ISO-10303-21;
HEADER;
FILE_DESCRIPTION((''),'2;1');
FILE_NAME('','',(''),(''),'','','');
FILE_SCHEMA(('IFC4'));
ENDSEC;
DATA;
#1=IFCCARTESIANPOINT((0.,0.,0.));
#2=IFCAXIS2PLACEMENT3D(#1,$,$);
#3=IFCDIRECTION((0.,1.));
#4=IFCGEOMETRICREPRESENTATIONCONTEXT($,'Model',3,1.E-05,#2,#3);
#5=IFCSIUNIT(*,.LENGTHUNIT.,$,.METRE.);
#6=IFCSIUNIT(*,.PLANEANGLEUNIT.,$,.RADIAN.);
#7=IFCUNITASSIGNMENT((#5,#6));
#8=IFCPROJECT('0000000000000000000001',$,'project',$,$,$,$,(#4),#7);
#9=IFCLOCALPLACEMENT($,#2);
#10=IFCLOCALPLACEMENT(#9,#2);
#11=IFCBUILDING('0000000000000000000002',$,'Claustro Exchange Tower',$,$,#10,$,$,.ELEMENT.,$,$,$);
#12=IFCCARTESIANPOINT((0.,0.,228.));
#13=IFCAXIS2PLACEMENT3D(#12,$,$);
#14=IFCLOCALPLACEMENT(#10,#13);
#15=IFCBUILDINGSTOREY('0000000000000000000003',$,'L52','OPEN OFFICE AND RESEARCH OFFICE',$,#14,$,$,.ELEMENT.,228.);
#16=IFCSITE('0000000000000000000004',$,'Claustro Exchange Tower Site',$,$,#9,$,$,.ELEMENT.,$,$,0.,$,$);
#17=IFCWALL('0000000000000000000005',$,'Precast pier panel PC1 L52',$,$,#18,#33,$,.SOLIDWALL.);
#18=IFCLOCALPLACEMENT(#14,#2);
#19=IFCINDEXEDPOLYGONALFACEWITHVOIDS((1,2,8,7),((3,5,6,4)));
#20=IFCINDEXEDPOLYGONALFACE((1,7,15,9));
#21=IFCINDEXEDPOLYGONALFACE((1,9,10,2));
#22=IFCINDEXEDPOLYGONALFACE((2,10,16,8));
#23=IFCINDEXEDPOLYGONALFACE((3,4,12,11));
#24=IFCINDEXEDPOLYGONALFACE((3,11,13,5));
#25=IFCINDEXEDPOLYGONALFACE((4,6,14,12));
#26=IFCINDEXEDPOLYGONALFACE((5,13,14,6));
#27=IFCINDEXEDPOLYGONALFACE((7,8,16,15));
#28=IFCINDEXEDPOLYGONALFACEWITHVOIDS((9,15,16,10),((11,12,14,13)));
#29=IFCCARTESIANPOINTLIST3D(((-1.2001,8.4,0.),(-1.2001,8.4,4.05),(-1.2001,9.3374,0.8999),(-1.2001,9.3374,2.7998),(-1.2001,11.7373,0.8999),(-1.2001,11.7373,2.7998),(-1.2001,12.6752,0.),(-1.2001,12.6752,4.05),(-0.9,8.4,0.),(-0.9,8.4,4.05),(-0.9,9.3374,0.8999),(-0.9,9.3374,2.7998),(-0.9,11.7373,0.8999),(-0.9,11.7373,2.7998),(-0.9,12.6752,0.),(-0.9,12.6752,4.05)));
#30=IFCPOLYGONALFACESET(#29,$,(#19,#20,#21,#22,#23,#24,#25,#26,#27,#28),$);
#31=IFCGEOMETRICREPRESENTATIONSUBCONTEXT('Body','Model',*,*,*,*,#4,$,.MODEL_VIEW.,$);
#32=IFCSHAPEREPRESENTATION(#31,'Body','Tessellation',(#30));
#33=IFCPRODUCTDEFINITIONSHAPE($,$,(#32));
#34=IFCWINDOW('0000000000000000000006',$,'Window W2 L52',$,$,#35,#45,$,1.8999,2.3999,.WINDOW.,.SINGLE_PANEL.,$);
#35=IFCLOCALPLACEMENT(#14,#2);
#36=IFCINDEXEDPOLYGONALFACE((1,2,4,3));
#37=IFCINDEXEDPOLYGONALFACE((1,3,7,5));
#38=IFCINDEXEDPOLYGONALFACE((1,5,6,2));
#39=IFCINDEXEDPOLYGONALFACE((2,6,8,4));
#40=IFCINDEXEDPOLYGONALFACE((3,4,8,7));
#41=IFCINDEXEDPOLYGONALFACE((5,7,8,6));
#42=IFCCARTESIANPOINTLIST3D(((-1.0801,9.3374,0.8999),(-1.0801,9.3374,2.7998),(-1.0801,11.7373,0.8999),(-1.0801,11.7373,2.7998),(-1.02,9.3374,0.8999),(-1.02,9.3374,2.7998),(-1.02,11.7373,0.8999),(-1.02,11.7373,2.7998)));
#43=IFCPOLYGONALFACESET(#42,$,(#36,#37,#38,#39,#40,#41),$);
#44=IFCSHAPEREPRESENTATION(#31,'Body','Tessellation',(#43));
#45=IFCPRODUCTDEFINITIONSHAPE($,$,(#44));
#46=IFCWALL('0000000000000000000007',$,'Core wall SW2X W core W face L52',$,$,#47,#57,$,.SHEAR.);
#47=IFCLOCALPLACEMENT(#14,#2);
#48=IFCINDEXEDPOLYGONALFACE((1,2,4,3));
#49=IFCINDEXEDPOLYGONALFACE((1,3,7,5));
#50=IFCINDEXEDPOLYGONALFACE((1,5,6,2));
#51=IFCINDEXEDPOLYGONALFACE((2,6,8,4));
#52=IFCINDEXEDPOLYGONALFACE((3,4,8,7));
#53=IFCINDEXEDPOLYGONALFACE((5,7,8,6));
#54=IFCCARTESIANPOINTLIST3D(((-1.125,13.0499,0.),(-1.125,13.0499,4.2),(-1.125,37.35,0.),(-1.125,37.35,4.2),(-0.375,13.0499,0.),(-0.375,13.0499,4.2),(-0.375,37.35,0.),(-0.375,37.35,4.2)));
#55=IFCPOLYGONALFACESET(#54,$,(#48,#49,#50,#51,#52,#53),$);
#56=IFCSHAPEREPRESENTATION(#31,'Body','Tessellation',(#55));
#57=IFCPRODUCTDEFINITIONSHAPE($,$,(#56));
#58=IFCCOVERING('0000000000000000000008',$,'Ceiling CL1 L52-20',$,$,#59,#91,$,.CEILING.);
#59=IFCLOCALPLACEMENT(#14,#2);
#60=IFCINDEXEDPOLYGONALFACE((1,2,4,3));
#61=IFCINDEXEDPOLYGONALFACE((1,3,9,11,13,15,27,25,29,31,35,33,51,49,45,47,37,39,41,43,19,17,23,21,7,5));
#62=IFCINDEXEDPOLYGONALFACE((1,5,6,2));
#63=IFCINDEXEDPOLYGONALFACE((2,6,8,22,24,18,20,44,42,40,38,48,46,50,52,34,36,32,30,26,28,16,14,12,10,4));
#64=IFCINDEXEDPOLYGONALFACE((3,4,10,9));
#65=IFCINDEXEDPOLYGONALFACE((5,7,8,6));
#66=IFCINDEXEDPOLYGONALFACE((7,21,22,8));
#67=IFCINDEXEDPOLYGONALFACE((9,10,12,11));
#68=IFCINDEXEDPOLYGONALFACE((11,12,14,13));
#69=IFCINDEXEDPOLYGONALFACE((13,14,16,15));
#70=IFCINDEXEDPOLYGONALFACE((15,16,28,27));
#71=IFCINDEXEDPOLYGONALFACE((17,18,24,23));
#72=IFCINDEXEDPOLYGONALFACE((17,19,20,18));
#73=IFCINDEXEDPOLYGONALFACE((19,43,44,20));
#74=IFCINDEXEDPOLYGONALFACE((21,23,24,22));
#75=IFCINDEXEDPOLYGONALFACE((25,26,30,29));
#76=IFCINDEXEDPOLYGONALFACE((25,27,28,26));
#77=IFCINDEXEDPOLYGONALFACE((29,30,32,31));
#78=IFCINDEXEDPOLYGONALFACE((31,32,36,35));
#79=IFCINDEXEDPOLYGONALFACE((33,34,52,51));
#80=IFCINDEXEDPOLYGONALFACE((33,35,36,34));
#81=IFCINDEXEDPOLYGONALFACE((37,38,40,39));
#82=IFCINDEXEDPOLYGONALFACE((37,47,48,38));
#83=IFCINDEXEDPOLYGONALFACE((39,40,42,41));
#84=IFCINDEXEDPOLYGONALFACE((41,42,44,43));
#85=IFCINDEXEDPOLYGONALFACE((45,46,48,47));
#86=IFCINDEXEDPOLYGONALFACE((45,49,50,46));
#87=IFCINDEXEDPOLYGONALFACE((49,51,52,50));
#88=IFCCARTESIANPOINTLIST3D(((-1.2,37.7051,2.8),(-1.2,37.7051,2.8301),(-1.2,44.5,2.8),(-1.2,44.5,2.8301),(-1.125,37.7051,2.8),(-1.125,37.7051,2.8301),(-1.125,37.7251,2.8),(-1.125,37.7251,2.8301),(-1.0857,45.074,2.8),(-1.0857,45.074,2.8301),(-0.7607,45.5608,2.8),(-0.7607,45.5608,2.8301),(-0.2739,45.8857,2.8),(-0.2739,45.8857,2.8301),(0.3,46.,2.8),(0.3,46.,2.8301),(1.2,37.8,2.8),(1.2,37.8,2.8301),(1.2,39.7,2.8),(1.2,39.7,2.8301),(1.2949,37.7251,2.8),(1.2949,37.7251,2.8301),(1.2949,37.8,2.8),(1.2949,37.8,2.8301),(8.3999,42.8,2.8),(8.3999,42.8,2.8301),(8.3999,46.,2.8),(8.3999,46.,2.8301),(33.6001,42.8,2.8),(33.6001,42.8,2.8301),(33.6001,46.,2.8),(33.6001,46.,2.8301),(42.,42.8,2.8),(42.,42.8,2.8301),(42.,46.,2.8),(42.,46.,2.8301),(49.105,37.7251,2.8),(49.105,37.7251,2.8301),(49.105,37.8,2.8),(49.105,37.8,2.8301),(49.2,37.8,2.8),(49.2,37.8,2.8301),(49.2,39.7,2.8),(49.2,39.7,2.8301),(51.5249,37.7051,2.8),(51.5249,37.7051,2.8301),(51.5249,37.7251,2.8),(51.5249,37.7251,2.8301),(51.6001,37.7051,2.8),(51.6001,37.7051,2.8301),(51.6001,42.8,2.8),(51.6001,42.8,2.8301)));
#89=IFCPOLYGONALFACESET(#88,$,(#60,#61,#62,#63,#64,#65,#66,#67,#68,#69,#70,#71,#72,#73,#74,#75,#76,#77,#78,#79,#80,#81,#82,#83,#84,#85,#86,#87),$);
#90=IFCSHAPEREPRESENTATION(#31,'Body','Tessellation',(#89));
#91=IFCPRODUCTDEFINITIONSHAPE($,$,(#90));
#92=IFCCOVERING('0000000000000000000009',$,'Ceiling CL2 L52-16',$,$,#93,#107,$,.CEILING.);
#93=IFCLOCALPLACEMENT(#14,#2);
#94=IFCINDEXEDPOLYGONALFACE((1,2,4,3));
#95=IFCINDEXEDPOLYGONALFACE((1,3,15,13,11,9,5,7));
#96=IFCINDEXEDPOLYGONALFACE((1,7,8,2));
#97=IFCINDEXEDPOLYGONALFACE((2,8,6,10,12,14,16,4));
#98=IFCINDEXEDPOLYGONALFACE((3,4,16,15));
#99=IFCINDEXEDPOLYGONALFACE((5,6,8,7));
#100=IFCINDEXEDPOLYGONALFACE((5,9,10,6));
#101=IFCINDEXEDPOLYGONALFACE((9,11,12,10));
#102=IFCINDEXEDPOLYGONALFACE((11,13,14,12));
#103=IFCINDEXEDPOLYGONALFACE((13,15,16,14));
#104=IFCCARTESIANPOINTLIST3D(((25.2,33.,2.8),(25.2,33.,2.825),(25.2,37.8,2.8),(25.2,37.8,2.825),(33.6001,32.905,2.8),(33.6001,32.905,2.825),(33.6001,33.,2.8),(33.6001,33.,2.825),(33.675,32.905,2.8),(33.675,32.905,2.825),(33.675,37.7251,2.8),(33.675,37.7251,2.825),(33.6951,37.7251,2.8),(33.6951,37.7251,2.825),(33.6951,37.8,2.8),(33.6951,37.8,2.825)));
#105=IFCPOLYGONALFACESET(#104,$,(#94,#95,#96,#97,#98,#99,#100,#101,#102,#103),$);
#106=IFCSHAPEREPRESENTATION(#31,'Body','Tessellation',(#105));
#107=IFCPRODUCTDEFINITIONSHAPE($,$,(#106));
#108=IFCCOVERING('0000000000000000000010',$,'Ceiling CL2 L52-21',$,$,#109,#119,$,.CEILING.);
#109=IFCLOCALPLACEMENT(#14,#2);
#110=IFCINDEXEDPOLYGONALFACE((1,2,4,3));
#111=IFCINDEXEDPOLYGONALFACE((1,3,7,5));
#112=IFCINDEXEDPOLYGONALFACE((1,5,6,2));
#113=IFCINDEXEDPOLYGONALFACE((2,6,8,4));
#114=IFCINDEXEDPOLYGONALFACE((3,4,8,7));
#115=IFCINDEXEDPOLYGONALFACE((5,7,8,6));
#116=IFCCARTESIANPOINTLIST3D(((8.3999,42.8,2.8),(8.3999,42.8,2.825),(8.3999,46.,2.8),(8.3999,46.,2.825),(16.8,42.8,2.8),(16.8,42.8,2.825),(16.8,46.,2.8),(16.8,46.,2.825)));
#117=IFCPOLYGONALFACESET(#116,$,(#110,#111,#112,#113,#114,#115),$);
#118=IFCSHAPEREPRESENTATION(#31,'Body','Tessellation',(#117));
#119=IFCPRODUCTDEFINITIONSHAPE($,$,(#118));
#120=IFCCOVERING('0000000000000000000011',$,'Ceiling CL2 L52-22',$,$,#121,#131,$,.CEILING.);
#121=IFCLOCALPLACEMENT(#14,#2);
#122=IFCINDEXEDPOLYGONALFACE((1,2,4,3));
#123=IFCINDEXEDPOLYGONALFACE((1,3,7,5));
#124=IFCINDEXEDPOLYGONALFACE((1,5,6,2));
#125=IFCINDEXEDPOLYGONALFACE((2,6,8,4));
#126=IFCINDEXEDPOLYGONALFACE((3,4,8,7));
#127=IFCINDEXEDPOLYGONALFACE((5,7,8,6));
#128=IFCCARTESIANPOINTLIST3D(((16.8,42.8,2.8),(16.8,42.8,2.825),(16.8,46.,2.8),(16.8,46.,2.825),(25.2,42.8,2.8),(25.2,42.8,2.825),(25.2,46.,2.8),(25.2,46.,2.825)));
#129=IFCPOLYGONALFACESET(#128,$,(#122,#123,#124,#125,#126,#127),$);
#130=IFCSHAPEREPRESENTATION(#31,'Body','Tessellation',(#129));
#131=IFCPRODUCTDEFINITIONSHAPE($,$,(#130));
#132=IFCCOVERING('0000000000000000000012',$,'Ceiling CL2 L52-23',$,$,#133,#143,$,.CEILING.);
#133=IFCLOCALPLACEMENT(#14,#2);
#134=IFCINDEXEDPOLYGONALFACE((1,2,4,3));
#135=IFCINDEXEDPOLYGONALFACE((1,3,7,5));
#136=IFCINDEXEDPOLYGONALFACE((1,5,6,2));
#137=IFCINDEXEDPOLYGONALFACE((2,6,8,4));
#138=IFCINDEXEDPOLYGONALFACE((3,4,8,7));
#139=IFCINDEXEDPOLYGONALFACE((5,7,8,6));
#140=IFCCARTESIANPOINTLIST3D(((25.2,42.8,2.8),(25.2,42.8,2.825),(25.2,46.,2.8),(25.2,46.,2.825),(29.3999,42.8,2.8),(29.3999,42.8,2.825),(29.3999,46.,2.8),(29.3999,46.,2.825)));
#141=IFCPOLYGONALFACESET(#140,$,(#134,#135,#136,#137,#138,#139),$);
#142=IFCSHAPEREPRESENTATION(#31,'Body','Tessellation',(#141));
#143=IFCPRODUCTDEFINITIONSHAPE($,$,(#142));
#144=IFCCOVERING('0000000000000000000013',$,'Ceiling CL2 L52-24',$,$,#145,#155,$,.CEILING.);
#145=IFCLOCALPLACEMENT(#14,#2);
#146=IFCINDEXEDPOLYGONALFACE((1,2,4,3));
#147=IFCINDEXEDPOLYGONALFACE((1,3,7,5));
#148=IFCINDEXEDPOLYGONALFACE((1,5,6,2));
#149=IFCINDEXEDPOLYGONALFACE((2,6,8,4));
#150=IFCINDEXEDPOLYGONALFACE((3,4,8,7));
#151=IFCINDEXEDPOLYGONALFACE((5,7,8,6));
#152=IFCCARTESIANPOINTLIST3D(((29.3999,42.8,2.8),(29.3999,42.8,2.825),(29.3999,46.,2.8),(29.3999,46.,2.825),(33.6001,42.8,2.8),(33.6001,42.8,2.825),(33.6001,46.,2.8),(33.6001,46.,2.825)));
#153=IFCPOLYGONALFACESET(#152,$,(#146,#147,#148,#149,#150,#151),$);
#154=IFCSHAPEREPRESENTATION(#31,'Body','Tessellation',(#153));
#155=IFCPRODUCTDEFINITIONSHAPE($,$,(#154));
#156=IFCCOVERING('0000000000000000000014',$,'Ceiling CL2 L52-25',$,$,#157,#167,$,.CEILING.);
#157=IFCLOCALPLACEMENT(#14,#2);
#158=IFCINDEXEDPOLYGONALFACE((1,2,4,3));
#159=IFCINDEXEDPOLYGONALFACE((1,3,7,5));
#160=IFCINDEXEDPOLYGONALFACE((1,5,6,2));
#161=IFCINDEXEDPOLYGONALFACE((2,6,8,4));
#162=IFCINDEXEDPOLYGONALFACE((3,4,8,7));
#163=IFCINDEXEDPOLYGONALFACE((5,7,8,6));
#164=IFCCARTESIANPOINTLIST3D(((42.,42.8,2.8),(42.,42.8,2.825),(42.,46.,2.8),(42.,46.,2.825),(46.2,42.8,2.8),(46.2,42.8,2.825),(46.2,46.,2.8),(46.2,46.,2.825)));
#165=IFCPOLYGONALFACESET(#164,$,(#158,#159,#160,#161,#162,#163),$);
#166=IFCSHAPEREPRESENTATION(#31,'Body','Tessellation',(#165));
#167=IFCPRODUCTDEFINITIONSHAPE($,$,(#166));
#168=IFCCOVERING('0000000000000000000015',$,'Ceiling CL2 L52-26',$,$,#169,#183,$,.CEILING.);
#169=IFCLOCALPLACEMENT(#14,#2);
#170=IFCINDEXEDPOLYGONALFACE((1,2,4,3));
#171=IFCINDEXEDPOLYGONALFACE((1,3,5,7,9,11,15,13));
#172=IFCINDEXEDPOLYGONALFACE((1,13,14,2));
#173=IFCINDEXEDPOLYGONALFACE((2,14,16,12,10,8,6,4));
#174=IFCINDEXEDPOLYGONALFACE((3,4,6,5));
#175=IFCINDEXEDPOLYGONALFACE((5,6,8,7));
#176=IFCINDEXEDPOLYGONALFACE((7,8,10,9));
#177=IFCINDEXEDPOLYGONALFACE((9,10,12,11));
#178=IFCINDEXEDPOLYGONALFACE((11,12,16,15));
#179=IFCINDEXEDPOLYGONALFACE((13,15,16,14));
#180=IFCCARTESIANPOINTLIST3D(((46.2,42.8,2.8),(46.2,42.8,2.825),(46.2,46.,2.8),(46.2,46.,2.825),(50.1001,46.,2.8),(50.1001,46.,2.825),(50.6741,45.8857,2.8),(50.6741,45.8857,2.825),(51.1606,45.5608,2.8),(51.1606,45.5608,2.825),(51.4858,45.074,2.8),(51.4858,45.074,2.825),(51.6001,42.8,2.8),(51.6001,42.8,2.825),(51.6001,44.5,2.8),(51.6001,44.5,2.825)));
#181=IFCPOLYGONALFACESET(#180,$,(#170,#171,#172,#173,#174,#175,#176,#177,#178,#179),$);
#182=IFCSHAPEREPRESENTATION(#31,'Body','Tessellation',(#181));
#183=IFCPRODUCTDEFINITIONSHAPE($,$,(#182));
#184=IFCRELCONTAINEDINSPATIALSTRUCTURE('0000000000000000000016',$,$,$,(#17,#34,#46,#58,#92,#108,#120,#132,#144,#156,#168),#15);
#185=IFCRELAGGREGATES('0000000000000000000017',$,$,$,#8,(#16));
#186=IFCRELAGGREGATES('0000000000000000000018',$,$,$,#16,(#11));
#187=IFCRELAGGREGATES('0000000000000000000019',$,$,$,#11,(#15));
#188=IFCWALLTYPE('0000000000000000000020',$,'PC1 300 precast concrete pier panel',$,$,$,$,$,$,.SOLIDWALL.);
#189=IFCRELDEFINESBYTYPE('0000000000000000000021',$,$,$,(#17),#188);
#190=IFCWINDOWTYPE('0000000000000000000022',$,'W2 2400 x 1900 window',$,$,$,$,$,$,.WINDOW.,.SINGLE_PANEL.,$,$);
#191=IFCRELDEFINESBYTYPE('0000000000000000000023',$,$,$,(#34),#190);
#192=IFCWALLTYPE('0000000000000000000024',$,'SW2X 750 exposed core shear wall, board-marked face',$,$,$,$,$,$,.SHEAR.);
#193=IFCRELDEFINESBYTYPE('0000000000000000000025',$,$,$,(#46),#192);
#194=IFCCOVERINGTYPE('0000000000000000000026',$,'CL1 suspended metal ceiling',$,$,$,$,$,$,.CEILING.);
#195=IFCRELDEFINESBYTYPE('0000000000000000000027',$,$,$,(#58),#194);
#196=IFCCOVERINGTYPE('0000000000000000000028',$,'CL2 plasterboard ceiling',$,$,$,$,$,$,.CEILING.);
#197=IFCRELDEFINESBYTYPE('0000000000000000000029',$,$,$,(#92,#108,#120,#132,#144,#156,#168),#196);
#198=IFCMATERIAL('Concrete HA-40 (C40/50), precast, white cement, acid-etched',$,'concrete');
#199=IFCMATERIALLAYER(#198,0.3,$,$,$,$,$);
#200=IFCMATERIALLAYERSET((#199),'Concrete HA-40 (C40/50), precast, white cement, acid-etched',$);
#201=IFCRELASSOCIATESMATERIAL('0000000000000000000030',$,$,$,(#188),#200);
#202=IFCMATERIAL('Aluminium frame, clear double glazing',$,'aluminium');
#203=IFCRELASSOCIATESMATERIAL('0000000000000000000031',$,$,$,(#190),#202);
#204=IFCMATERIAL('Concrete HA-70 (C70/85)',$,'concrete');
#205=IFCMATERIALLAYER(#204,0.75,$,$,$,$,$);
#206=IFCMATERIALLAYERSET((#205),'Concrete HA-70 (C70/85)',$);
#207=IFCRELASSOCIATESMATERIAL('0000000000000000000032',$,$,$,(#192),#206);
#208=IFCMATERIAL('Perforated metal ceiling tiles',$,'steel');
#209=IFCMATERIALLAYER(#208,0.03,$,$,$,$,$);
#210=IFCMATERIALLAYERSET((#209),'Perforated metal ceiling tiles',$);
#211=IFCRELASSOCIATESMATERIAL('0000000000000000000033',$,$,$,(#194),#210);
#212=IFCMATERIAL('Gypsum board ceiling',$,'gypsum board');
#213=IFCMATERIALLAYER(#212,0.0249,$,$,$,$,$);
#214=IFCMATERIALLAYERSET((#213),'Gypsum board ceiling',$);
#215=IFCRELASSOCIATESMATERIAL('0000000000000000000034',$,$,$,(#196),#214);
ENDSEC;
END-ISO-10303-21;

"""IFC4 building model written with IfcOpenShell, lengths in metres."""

from ifc_helpers import new_model, si_unit, direction, frame, frame_2d, origin, place, context, subcontext, project, spatial, polyline, rectangle, outline, extrude, material, layer, layer_set, type_object, element, fill, save


model = new_model("IFC4")

# Units and contexts
model_context = context("Model", 3, precision=1e-05, world=origin(), true_north=direction((0.0, 1.0)))
body_context = subcontext(model_context, "Body", "Model", "MODEL_VIEW")
ifc_project = project(units=[si_unit("LENGTHUNIT", "METRE"), si_unit("PLANEANGLEUNIT", "RADIAN")], contexts=[model_context])

# Site, building, storey
site_placement = place(None, origin())
site = spatial("IfcSite", under=ifc_project, at=site_placement, Name="Claustro Exchange Tower Site", CompositionType="ELEMENT", RefElevation=0.0)
building_placement = place(site_placement, origin())
building = spatial("IfcBuilding", under=site, at=building_placement, Name="Claustro Exchange Tower", CompositionType="ELEMENT")
storey_placement = place(building_placement, frame((0.0, 0.0, 228.0)))
storey = spatial("IfcBuildingStorey", under=building, at=storey_placement, Name="L52", Description="OPEN OFFICE AND RESEARCH OFFICE", CompositionType="ELEMENT", Elevation=228.0)

# Shared definitions
ifc_material_1 = material(Name="Concrete HA-40 (C40/50), precast, white cement, acid-etched", Category="concrete")
ifc_layer_1 = layer(ifc_material_1, 0.3)
ifc_layer_set_1 = layer_set([ifc_layer_1], Name="Concrete HA-40 (C40/50), precast, white cement, acid-etched")
wall_type_1 = type_object("IfcWallType", Name="PC1 300 precast concrete pier panel", PredefinedType="SOLIDWALL", material=ifc_layer_set_1)

# Wall, opening, window
wall_1_placement = place(storey_placement, frame((-1.05, 8.3999, 0.0), z_axis=(0.0, 0.0, 1.0), x_axis=(0.0, 1.0, 0.0)))
wall_1 = element("IfcWall", 1, at=wall_1_placement, inside=storey, type_object=wall_type_1, Name="Precast pier panel PC1 L52", PredefinedType="SOLIDWALL", context=body_context, shape_type="SweptSolid", body=[
    extrude(rectangle(XDim=4.2751, YDim=0.3, at=frame_2d((2.1377, 0.0))), origin(), (0.0, 0.0, 1.0), 4.05),
])
opening_1_placement = place(wall_1_placement, frame((0.9375, 0.0, 0.8999)))
opening_1 = element("IfcOpeningElement", 2, at=opening_1_placement, cuts=wall_1, PredefinedType="OPENING", context=body_context, shape_type="SweptSolid", body=[
    extrude(rectangle(XDim=2.3999, YDim=1.8999, at=frame_2d((1.2, 0.95))), frame((0.0, 0.1599, 0.0), z_axis=(0.0, -1.0, 0.0), x_axis=(1.0, 0.0, 0.0)), (0.0, 0.0, 1.0), 0.3201),
])
ifc_material_2 = material(Name="Aluminium frame, clear double glazing", Category="aluminium")
window_type = type_object("IfcWindowType", Name="W2 2400 x 1900 window", PartitioningType="SINGLE_PANEL", PredefinedType="WINDOW", material=ifc_material_2)
window_placement = place(opening_1_placement, origin())
window = element("IfcWindow", 3, at=window_placement, inside=storey, type_object=window_type, Name="Window W2 L52", OverallHeight=1.8999, OverallWidth=2.3999, PartitioningType="SINGLE_PANEL", PredefinedType="WINDOW", context=body_context, shape_type="SweptSolid", body=[
    extrude(rectangle(XDim=2.3999, YDim=1.8999, at=frame_2d((1.2, 0.95))), frame((0.0, 0.03, 0.0), z_axis=(0.0, -1.0, 0.0), x_axis=(1.0, 0.0, 0.0)), (0.0, 0.0, 1.0), 0.0601),
])
fill(opening_1, window)

# Wall
ifc_material_3 = material(Name="Concrete HA-70 (C70/85)", Category="concrete")
ifc_layer_2 = layer(ifc_material_3, 0.75)
ifc_layer_set_2 = layer_set([ifc_layer_2], Name="Concrete HA-70 (C70/85)")
wall_type_2 = type_object("IfcWallType", Name="SW2X 750 exposed core shear wall, board-marked face", PredefinedType="SHEAR", material=ifc_layer_set_2)
wall_2_placement = place(storey_placement, frame((-0.75, 13.05, 0.0), z_axis=(0.0, 0.0, 1.0), x_axis=(0.0, 1.0, 0.0)))
element("IfcWall", 4, at=wall_2_placement, inside=storey, type_object=wall_type_2, Name="Core wall SW2X W core W face L52", PredefinedType="SHEAR", context=body_context, shape_type="SweptSolid", body=[
    extrude(rectangle(XDim=24.3, YDim=0.75, at=frame_2d((12.1499, 0.0))), origin(), (0.0, 0.0, 1.0), 4.2),
])

# Coverings
ifc_material_4 = material(Name="Perforated metal ceiling tiles", Category="steel")
ifc_layer_3 = layer(ifc_material_4, 0.03)
ifc_layer_set_3 = layer_set([ifc_layer_3], Name="Perforated metal ceiling tiles")
covering_type_1 = type_object("IfcCoveringType", Name="CL1 suspended metal ceiling", PredefinedType="CEILING", material=ifc_layer_set_3)
covering_1_placement = place(storey_placement, frame((0.0, 0.0, 2.8)))
element("IfcCovering", 5, at=covering_1_placement, inside=storey, type_object=covering_type_1, Name="Ceiling CL1 L52-20", PredefinedType="CEILING", context=body_context, shape_type="SweptSolid", body=[
    extrude(outline(polyline([(-1.125, 37.7251), (1.2949, 37.7251), (1.2949, 37.8), (1.2, 37.8), (1.2, 39.7), (49.2, 39.7), (49.2, 37.8), (49.105, 37.8), (49.105, 37.7251), (51.5249, 37.7251), (51.5249, 37.7051), (51.6001, 37.7051), (51.6001, 42.8), (42.0, 42.8), (42.0, 46.0), (33.6001, 46.0), (33.6001, 42.8), (8.3999, 42.8), (8.3999, 46.0), (0.3, 46.0), (-0.2739, 45.8857), (-0.7607, 45.5608), (-1.0857, 45.074), (-1.2, 44.5), (-1.2, 37.7051), (-1.125, 37.7051), (-1.125, 37.7251)])), origin(), (0.0, 0.0, 1.0), 0.03),
])
ifc_material_5 = material(Name="Gypsum board ceiling", Category="gypsum board")
ifc_layer_4 = layer(ifc_material_5, 0.0249)
ifc_layer_set_4 = layer_set([ifc_layer_4], Name="Gypsum board ceiling")
covering_type_2 = type_object("IfcCoveringType", Name="CL2 plasterboard ceiling", PredefinedType="CEILING", material=ifc_layer_set_4)
covering_2_placement = place(storey_placement, frame((0.0, 0.0, 2.8)))
element("IfcCovering", 6, at=covering_2_placement, inside=storey, type_object=covering_type_2, Name="Ceiling CL2 L52-16", PredefinedType="CEILING", context=body_context, shape_type="SweptSolid", body=[
    extrude(outline(polyline([(33.6001, 33.0), (33.6001, 32.905), (33.675, 32.905), (33.675, 37.7251), (33.6951, 37.7251), (33.6951, 37.8), (25.2, 37.8), (25.2, 33.0), (33.6001, 33.0)])), origin(), (0.0, 0.0, 1.0), 0.0249),
])
covering_3_placement = place(storey_placement, frame((0.0, 0.0, 2.8)))
element("IfcCovering", 7, at=covering_3_placement, inside=storey, type_object=covering_type_2, Name="Ceiling CL2 L52-21", PredefinedType="CEILING", context=body_context, shape_type="SweptSolid", body=[
    extrude(outline(polyline([(16.8, 46.0), (8.3999, 46.0), (8.3999, 42.8), (16.8, 42.8), (16.8, 46.0)])), origin(), (0.0, 0.0, 1.0), 0.0249),
])
covering_4_placement = place(storey_placement, frame((0.0, 0.0, 2.8)))
element("IfcCovering", 8, at=covering_4_placement, inside=storey, type_object=covering_type_2, Name="Ceiling CL2 L52-22", PredefinedType="CEILING", context=body_context, shape_type="SweptSolid", body=[
    extrude(outline(polyline([(25.2, 46.0), (16.8, 46.0), (16.8, 42.8), (25.2, 42.8), (25.2, 46.0)])), origin(), (0.0, 0.0, 1.0), 0.0249),
])
covering_5_placement = place(storey_placement, frame((0.0, 0.0, 2.8)))
element("IfcCovering", 9, at=covering_5_placement, inside=storey, type_object=covering_type_2, Name="Ceiling CL2 L52-23", PredefinedType="CEILING", context=body_context, shape_type="SweptSolid", body=[
    extrude(outline(polyline([(29.3999, 46.0), (25.2, 46.0), (25.2, 42.8), (29.3999, 42.8), (29.3999, 46.0)])), origin(), (0.0, 0.0, 1.0), 0.0249),
])
covering_6_placement = place(storey_placement, frame((0.0, 0.0, 2.8)))
element("IfcCovering", 10, at=covering_6_placement, inside=storey, type_object=covering_type_2, Name="Ceiling CL2 L52-24", PredefinedType="CEILING", context=body_context, shape_type="SweptSolid", body=[
    extrude(outline(polyline([(33.6001, 46.0), (29.3999, 46.0), (29.3999, 42.8), (33.6001, 42.8), (33.6001, 46.0)])), origin(), (0.0, 0.0, 1.0), 0.0249),
])
covering_7_placement = place(storey_placement, frame((0.0, 0.0, 2.8)))
element("IfcCovering", 11, at=covering_7_placement, inside=storey, type_object=covering_type_2, Name="Ceiling CL2 L52-25", PredefinedType="CEILING", context=body_context, shape_type="SweptSolid", body=[
    extrude(outline(polyline([(46.2, 46.0), (42.0, 46.0), (42.0, 42.8), (46.2, 42.8), (46.2, 46.0)])), origin(), (0.0, 0.0, 1.0), 0.0249),
])
covering_8_placement = place(storey_placement, frame((0.0, 0.0, 2.8)))
element("IfcCovering", 12, at=covering_8_placement, inside=storey, type_object=covering_type_2, Name="Ceiling CL2 L52-26", PredefinedType="CEILING", context=body_context, shape_type="SweptSolid", body=[
    extrude(outline(polyline([(50.1001, 46.0), (46.2, 46.0), (46.2, 42.8), (51.6001, 42.8), (51.6001, 44.5), (51.4858, 45.074), (51.1606, 45.5608), (50.6741, 45.8857), (50.1001, 46.0)])), origin(), (0.0, 0.0, 1.0), 0.0249),
])

save(model, "model.ifc")
